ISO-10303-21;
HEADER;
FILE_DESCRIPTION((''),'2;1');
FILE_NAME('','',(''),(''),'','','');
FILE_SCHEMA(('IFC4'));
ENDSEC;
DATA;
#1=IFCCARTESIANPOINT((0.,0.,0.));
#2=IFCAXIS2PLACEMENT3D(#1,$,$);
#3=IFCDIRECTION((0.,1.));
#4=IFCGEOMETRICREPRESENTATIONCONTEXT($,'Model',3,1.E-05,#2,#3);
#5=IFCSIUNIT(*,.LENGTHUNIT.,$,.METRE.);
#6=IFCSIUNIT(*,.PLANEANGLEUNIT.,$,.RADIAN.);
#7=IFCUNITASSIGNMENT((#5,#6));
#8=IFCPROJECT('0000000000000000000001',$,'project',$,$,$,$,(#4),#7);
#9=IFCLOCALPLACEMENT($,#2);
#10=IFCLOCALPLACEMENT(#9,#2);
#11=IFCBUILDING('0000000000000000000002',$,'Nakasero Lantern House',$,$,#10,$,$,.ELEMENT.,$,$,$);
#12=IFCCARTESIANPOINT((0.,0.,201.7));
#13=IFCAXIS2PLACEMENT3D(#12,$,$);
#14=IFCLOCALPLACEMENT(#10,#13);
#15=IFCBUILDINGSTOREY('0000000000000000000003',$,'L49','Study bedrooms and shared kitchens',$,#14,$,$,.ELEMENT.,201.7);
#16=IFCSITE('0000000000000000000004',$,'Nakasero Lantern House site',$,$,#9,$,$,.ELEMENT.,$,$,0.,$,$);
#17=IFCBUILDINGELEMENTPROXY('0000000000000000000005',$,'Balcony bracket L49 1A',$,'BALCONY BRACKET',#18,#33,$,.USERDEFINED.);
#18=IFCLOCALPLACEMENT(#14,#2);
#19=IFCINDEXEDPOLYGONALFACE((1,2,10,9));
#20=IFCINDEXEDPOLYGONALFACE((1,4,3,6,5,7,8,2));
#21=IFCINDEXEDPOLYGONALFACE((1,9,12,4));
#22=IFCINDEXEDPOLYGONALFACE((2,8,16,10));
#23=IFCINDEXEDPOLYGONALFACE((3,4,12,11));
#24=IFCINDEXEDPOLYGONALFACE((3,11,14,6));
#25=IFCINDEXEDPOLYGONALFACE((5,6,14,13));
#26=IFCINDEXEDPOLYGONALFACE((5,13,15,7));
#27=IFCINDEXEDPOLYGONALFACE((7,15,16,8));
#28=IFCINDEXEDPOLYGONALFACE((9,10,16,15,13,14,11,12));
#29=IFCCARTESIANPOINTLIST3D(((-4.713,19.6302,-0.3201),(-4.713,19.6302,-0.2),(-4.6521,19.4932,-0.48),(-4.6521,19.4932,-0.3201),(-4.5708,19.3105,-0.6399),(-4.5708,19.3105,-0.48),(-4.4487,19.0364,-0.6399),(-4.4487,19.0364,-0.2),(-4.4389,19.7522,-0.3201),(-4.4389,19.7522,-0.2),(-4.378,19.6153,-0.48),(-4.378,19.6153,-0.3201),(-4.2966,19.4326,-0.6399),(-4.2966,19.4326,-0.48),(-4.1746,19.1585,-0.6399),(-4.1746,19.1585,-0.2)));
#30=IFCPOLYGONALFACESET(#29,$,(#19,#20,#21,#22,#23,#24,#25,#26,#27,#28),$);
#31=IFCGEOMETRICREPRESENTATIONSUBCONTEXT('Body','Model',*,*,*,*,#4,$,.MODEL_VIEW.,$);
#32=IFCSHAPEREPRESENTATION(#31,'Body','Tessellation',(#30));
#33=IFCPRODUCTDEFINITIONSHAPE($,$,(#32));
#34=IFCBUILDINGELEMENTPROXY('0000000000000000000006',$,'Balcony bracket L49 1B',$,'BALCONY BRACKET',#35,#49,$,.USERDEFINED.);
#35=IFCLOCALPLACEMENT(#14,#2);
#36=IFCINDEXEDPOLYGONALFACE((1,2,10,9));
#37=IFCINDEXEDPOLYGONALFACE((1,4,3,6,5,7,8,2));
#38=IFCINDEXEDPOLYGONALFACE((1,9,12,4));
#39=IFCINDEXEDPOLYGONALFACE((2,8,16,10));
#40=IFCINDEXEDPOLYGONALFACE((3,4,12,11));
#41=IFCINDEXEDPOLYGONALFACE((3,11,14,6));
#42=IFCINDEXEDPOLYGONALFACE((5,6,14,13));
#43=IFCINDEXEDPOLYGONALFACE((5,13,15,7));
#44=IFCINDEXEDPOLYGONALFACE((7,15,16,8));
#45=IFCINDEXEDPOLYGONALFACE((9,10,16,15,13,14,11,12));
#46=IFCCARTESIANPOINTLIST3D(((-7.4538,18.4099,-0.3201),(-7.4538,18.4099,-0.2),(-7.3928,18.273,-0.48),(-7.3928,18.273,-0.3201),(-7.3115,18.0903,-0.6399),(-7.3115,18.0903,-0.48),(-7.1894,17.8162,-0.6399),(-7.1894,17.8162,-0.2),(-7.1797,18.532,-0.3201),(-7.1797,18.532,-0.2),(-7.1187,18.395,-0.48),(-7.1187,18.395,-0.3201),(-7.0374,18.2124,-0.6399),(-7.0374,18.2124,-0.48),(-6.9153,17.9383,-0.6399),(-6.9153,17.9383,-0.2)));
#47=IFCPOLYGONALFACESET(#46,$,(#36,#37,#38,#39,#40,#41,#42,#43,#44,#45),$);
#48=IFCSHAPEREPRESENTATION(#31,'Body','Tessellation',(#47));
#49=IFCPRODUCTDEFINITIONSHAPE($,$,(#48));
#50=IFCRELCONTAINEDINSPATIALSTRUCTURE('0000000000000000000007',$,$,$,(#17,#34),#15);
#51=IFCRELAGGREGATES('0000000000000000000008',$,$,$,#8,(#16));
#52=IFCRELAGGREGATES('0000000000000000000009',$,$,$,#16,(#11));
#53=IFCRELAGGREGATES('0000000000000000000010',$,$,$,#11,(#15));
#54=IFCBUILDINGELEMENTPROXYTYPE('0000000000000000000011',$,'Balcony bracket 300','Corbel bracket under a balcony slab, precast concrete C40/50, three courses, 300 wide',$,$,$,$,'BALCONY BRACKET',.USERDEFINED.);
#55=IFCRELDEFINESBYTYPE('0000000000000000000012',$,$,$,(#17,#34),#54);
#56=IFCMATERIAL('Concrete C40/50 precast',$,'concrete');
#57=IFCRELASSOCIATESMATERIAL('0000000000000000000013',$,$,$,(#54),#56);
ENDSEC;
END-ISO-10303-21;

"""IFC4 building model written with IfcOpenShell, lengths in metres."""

from ifc_helpers import new_model, si_unit, direction, frame, origin, place, context, subcontext, project, spatial, polyline, outline, extrude, material, type_object, element, save


model = new_model("IFC4")

# Units and contexts
model_context = context("Model", 3, precision=1e-05, world=origin(), true_north=direction((0.0, 1.0)))
body_context = subcontext(model_context, "Body", "Model", "MODEL_VIEW")
ifc_project = project(units=[si_unit("LENGTHUNIT", "METRE"), si_unit("PLANEANGLEUNIT", "RADIAN")], contexts=[model_context])

# Site, building, storey
site_placement = place(None, origin())
site = spatial("IfcSite", under=ifc_project, at=site_placement, Name="Nakasero Lantern House site", CompositionType="ELEMENT", RefElevation=0.0)
building_placement = place(site_placement, origin())
building = spatial("IfcBuilding", under=site, at=building_placement, Name="Nakasero Lantern House", CompositionType="ELEMENT")
storey_placement = place(building_placement, frame((0.0, 0.0, 201.7)))
storey = spatial("IfcBuildingStorey", under=building, at=storey_placement, Name="L49", Description="Study bedrooms and shared kitchens", CompositionType="ELEMENT", Elevation=201.7)

# Building element proxies
ifc_material_1 = material(Name="Concrete C40/50 precast", Category="concrete")
building_element_proxy_type = type_object("IfcBuildingElementProxyType", Name="Balcony bracket 300", Description="Corbel bracket under a balcony slab, precast concrete C40/50, three courses, 300 wide", ElementType="BALCONY BRACKET", PredefinedType="USERDEFINED", material=ifc_material_1)
for number, where, z_axis, x_axis, name in (
    (1, (-4.3118, 19.0974, -0.2), (0.0, 0.0, 1.0), (-0.406737, 0.913545, 0.0), "Balcony bracket L49 1A"),
    (2, (-7.0525, 17.8772, -0.2), (0.0, 0.0, 1.0), (-0.406737, 0.913545, 0.0), "Balcony bracket L49 1B"),
):
    element("IfcBuildingElementProxy", number, at=place(storey_placement, frame(where, z_axis=z_axis, x_axis=x_axis)), inside=storey, type_object=building_element_proxy_type, Name=name, ObjectType="BALCONY BRACKET", PredefinedType="USERDEFINED", context=body_context, shape_type="SweptSolid", body=[
        extrude(outline(polyline([(0.0, 0.0), (0.6499, 0.0), (0.6499, -0.1201), (0.5, -0.1201), (0.5, -0.28), (0.3, -0.28), (0.3, -0.4399), (0.0, -0.4399), (0.0, 0.0)])), frame((0.0, 0.1499, 0.0), z_axis=(0.0, -1.0, 0.0), x_axis=(1.0, 0.0, 0.0)), (0.0, 0.0, 1.0), 0.3),
    ])

save(model, "model.ifc")
